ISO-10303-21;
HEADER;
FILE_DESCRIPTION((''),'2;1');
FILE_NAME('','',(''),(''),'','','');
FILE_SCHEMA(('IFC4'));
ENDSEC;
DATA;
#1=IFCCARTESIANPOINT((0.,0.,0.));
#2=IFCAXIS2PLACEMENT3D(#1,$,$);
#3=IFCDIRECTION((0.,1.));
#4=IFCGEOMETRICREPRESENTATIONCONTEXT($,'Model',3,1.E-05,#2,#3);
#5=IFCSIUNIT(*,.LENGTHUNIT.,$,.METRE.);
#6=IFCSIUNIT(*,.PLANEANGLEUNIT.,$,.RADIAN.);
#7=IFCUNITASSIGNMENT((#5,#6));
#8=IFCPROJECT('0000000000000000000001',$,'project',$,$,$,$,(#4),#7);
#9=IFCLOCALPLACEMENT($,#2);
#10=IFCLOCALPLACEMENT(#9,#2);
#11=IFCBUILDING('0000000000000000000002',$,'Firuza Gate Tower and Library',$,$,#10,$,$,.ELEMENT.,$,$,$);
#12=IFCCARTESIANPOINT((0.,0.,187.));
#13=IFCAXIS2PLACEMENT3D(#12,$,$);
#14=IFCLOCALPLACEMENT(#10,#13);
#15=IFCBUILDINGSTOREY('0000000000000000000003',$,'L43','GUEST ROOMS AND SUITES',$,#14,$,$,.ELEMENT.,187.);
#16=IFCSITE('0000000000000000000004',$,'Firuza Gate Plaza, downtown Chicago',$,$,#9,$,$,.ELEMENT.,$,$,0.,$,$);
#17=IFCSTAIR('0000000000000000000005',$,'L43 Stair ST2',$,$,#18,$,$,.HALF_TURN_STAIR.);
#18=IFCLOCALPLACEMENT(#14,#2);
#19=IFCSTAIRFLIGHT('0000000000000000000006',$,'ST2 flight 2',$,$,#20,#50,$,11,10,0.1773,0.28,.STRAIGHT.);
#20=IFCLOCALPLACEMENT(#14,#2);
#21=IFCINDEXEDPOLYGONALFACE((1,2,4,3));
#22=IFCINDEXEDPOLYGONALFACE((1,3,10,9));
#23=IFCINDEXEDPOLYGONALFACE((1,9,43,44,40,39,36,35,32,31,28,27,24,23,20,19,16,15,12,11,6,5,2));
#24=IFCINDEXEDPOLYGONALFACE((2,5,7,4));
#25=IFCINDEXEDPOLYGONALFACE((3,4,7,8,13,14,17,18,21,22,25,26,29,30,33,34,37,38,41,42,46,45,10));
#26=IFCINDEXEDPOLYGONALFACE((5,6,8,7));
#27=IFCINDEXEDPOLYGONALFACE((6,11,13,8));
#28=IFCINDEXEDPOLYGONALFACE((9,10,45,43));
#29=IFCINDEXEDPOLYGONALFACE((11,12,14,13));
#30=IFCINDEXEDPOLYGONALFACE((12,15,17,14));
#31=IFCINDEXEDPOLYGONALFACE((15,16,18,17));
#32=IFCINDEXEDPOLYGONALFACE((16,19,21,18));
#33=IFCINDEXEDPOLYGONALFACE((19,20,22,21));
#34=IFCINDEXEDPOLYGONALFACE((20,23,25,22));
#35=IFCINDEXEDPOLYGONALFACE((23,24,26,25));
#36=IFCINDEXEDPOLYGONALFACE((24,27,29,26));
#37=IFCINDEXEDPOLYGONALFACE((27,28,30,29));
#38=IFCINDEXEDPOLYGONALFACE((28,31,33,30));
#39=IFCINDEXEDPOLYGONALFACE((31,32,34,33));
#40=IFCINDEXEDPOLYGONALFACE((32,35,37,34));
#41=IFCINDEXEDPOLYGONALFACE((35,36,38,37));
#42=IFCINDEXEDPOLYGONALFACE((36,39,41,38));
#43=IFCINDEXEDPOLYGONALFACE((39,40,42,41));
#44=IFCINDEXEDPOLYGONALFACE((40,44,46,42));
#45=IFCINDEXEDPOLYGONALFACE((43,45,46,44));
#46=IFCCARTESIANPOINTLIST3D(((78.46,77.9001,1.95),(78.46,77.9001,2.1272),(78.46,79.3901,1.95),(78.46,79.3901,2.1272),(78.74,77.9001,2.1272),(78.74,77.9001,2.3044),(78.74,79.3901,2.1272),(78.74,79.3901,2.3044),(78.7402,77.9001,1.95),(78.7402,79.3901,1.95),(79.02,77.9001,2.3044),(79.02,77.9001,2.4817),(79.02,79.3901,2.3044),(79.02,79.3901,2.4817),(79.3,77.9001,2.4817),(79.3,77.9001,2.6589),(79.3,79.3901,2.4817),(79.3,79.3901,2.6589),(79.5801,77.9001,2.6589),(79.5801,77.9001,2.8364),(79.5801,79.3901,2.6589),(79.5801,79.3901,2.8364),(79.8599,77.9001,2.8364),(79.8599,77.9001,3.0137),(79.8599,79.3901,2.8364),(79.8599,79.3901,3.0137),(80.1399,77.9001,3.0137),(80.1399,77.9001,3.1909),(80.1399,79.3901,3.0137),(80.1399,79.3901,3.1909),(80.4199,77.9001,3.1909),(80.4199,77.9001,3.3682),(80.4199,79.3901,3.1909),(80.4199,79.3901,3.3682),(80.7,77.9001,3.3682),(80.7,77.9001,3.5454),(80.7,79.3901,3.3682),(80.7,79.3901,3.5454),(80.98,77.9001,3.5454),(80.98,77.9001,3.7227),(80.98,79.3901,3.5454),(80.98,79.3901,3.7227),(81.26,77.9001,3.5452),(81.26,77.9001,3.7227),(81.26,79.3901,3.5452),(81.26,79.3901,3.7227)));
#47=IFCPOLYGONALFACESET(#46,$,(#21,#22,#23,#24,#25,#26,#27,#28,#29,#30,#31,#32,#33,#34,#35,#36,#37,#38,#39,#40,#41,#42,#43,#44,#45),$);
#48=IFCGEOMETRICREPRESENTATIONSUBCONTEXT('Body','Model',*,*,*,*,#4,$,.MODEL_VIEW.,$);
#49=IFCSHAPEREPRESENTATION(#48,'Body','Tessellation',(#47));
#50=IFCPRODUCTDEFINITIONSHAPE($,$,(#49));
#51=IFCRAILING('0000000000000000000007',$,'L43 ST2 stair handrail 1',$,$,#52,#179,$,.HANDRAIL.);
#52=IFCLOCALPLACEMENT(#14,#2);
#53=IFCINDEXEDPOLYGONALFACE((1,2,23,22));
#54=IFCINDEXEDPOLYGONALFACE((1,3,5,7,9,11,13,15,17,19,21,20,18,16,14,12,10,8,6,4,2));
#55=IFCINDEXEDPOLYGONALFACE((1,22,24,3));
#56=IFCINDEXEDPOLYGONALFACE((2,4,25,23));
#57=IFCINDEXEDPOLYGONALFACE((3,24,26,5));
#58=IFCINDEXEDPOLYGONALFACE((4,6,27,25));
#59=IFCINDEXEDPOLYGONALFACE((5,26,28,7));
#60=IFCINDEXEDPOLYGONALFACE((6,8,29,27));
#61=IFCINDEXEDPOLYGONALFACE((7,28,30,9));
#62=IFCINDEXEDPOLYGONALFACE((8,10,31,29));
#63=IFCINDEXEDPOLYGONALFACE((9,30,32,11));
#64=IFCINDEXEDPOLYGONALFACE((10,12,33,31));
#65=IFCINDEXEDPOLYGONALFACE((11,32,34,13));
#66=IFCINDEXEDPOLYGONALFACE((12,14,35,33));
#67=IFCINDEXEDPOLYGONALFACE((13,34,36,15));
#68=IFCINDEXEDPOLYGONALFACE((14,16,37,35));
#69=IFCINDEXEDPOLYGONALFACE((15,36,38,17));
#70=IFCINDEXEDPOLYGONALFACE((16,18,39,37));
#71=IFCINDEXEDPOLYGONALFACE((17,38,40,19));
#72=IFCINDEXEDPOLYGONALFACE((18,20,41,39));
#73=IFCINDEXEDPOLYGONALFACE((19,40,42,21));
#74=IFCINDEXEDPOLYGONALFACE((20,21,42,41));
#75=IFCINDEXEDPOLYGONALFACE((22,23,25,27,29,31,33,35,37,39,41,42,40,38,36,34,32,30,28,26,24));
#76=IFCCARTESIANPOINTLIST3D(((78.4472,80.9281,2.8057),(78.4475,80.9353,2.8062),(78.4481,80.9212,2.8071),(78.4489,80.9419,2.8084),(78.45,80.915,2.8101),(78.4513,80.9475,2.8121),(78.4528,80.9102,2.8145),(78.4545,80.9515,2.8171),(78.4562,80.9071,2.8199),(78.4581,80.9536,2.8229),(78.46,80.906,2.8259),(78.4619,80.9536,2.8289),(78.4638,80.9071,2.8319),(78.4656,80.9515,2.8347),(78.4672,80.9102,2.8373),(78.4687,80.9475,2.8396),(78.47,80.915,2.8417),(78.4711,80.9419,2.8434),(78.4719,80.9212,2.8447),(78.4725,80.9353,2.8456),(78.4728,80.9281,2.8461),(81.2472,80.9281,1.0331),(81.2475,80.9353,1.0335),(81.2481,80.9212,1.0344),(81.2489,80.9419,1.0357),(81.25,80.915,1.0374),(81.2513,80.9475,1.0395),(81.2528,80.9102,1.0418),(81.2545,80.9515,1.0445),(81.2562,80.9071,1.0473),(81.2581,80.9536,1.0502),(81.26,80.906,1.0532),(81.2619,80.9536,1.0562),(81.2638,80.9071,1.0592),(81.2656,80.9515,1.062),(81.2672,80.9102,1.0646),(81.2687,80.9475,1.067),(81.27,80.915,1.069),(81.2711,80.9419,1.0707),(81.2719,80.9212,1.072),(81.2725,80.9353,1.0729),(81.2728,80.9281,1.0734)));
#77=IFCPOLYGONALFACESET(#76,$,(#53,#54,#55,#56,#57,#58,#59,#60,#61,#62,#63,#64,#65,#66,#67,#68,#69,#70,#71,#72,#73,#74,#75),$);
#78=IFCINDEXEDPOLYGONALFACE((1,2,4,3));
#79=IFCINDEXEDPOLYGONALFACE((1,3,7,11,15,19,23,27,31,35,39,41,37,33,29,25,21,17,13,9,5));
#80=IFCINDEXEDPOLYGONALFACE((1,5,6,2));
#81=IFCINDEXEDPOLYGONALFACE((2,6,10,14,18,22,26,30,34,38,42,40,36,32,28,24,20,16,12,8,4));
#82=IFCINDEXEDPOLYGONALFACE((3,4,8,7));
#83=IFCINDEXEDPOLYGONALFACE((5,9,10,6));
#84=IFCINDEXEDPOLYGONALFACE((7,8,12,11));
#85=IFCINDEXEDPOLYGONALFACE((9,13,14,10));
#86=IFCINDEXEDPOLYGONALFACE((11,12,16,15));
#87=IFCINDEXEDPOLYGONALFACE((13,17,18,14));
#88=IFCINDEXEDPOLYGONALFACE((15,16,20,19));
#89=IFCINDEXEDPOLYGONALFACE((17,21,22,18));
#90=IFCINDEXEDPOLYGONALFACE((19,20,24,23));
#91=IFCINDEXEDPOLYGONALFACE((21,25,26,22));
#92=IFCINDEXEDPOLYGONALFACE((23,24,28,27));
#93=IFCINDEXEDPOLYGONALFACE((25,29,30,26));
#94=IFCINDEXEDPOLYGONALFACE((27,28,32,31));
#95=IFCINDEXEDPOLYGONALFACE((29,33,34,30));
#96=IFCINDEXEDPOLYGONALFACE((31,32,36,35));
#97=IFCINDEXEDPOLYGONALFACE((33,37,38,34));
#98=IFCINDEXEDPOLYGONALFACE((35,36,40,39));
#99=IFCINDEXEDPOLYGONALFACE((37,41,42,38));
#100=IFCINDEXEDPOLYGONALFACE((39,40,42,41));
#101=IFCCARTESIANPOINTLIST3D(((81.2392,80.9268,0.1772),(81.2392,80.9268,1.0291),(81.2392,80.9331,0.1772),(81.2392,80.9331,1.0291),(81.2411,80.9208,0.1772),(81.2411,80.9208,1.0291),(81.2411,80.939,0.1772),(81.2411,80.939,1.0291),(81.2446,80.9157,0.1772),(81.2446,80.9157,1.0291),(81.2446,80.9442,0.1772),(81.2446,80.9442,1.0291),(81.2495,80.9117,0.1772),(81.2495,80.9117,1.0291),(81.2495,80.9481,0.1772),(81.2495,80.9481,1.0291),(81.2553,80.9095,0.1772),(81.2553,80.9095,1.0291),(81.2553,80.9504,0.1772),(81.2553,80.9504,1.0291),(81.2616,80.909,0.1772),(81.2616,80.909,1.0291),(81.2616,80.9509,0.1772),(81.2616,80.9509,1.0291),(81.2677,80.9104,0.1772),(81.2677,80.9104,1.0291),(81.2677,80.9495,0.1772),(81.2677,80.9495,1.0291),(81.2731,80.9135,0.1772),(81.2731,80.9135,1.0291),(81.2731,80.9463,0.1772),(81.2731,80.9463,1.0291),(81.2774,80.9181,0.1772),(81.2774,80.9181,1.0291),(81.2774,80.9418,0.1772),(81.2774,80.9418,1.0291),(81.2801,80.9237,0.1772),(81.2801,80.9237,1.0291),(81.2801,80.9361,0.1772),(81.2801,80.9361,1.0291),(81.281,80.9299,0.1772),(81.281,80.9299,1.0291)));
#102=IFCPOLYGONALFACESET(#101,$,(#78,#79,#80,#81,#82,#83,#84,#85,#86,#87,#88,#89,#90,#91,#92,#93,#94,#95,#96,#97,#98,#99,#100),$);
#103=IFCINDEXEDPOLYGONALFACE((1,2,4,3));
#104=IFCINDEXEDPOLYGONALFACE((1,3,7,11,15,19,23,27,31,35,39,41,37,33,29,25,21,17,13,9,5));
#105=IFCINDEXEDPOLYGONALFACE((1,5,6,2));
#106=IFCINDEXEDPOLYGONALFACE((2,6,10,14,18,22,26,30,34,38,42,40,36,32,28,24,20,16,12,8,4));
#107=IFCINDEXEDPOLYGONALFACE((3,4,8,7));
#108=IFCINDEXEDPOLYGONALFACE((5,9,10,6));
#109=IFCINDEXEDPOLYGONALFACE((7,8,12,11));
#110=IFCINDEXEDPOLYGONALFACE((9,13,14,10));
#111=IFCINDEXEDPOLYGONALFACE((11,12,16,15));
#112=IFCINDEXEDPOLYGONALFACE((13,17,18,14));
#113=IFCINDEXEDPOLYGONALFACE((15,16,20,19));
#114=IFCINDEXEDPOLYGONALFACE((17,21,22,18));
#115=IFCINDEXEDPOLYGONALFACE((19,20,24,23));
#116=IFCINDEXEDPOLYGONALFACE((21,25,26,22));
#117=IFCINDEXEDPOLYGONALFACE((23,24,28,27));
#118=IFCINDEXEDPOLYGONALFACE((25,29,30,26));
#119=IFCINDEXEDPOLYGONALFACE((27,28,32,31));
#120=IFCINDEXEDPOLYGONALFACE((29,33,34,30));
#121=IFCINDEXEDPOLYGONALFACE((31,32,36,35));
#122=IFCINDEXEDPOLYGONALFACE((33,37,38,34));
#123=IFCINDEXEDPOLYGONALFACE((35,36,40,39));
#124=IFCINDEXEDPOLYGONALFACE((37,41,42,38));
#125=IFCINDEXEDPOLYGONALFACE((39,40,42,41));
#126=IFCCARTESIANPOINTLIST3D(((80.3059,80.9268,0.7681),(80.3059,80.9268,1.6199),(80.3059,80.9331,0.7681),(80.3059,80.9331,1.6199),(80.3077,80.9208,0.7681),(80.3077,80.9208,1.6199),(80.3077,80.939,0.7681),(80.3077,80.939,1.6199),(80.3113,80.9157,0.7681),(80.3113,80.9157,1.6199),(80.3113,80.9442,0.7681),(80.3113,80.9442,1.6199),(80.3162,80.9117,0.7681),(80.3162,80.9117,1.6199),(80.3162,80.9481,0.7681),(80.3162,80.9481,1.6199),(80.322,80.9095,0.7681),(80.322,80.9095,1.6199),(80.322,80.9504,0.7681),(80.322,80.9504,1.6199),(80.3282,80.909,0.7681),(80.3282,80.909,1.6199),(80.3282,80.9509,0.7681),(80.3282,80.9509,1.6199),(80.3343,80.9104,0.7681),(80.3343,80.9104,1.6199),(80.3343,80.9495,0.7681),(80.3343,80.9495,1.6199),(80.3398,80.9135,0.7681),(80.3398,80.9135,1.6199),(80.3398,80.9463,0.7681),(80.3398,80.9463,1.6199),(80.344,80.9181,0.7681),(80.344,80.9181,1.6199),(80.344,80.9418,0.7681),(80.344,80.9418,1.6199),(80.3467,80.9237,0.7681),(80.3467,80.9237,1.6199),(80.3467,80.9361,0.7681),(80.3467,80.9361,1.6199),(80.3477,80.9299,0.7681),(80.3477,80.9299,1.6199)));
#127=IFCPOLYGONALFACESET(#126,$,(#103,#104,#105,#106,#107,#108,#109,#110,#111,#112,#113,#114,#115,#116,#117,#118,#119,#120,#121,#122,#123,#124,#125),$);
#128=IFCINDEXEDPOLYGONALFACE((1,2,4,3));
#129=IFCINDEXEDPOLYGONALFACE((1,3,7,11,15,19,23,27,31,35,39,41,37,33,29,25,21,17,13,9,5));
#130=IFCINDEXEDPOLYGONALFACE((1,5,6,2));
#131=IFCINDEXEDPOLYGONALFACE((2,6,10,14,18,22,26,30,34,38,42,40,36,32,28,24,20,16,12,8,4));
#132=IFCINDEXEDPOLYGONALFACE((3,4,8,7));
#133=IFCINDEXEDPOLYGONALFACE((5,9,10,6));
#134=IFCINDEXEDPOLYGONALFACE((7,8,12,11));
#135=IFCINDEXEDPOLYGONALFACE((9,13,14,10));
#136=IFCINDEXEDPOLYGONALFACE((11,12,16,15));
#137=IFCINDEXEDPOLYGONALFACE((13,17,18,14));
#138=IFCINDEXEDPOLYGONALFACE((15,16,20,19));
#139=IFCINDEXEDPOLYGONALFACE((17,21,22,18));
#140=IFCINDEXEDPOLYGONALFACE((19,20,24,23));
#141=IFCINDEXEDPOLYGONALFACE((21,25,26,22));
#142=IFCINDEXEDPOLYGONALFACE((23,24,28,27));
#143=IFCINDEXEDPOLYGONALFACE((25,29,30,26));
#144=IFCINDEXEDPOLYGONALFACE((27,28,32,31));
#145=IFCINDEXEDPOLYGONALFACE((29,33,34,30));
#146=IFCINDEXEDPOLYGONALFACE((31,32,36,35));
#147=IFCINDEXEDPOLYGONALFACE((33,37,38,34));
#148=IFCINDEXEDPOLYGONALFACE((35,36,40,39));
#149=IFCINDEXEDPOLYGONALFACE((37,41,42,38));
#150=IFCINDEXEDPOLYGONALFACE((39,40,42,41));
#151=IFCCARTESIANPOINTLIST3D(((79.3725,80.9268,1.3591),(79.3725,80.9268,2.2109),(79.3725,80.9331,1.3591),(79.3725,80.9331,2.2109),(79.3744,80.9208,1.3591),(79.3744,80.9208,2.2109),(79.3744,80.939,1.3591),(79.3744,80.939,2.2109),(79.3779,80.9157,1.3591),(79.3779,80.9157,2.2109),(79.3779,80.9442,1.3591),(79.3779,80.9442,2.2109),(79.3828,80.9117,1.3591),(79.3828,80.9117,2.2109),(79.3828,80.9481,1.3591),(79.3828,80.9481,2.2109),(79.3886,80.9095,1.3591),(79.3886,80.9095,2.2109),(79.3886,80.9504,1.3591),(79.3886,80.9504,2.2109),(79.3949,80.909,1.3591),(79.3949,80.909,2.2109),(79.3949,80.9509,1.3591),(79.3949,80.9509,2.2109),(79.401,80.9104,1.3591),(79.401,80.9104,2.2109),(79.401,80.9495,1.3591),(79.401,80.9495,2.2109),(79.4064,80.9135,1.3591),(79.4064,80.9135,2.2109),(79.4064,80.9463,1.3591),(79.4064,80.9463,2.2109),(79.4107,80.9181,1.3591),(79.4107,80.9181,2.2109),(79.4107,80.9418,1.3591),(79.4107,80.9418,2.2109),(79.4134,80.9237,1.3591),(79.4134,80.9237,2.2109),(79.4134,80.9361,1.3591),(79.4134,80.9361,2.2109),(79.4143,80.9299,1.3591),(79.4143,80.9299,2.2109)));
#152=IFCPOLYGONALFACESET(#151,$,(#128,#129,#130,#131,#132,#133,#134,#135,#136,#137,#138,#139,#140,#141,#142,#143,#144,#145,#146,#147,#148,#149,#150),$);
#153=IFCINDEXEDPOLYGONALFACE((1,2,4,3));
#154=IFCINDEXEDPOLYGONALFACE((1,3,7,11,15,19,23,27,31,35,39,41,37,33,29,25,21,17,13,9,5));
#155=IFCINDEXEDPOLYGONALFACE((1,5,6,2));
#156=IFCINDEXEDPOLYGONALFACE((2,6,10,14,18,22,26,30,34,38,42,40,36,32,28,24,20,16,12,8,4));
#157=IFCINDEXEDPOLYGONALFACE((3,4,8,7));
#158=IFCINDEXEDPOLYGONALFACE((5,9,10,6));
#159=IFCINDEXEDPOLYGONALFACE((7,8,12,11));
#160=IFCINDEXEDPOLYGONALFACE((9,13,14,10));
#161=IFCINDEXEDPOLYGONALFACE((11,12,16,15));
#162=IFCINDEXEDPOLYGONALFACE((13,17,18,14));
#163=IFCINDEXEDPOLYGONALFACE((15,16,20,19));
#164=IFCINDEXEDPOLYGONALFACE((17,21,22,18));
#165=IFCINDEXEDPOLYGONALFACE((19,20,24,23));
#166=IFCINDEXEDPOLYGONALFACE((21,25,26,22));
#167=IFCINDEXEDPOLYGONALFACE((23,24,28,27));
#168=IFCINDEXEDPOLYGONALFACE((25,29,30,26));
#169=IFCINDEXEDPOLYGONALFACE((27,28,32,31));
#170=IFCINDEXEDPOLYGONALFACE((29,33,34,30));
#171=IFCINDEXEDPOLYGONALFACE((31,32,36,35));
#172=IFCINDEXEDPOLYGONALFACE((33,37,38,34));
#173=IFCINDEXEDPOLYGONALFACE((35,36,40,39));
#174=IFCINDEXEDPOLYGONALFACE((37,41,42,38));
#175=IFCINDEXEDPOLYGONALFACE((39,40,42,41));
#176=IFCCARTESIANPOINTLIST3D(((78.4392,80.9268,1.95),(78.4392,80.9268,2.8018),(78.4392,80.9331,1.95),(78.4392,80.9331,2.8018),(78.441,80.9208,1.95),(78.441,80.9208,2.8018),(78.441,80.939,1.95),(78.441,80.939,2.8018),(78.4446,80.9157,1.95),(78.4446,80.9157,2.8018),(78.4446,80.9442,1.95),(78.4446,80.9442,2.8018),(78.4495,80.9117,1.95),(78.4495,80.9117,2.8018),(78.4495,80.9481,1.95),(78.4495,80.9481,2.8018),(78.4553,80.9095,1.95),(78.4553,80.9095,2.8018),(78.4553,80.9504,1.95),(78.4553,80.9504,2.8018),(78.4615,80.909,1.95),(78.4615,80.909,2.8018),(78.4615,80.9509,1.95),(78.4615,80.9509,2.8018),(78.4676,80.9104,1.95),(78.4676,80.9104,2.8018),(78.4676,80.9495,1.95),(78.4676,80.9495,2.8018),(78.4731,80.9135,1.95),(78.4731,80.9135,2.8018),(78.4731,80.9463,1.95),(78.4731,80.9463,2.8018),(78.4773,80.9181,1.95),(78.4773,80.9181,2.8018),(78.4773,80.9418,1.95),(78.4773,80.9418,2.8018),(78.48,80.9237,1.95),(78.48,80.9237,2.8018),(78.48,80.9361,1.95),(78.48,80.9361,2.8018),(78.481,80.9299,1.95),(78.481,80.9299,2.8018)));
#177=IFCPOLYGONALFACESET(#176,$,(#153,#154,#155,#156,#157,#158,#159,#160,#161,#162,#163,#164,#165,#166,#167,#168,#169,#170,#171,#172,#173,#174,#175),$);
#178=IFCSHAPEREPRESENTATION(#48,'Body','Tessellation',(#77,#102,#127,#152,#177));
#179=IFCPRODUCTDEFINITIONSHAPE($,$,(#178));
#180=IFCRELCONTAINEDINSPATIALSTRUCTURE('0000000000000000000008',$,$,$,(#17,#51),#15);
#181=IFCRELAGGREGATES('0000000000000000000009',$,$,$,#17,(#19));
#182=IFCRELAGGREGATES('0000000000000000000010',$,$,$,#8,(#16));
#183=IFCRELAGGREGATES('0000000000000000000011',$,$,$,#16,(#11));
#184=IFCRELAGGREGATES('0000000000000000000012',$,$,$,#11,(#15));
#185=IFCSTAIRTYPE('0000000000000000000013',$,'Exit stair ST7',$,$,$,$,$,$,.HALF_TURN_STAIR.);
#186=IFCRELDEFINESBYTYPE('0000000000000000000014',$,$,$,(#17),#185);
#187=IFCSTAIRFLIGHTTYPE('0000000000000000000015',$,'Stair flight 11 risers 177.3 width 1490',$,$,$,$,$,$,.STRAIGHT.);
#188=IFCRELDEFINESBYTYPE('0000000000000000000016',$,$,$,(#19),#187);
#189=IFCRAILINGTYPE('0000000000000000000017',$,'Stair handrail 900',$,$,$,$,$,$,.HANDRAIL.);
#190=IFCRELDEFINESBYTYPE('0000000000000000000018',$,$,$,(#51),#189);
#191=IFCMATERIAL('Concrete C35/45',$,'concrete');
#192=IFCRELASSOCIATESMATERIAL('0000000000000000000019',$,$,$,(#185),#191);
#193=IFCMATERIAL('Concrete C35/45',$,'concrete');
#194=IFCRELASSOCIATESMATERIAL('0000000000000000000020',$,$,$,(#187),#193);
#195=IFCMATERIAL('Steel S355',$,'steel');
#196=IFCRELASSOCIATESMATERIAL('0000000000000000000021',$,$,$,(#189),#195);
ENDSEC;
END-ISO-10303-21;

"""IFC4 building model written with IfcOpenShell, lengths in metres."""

from ifc_helpers import new_model, si_unit, direction, frame, origin, origin_2d, place, context, subcontext, project, spatial, polyline, circle, outline, extrude, material, type_object, element, aggregate, save


model = new_model("IFC4")

# Units and contexts
model_context = context("Model", 3, precision=1e-05, world=origin(), true_north=direction((0.0, 1.0)))
body_context = subcontext(model_context, "Body", "Model", "MODEL_VIEW")
ifc_project = project(units=[si_unit("LENGTHUNIT", "METRE"), si_unit("PLANEANGLEUNIT", "RADIAN")], contexts=[model_context])

# Site, building, storey
site_placement = place(None, origin())
site = spatial("IfcSite", under=ifc_project, at=site_placement, Name="Firuza Gate Plaza, downtown Chicago", CompositionType="ELEMENT", RefElevation=0.0)
building_placement = place(site_placement, origin())
building = spatial("IfcBuilding", under=site, at=building_placement, Name="Firuza Gate Tower and Library", CompositionType="ELEMENT")
storey_placement = place(building_placement, frame((0.0, 0.0, 187.0)))
storey = spatial("IfcBuildingStorey", under=building, at=storey_placement, Name="L43", Description="GUEST ROOMS AND SUITES", CompositionType="ELEMENT", Elevation=187.0)

# Stair, stair flight
ifc_material_1 = material(Name="Concrete C35/45", Category="concrete")
stair_type = type_object("IfcStairType", Name="Exit stair ST7", PredefinedType="HALF_TURN_STAIR", material=ifc_material_1)
stair_placement = place(storey_placement, origin())
stair = element("IfcStair", 1, at=stair_placement, inside=storey, type_object=stair_type, Name="L43 Stair ST2", PredefinedType="HALF_TURN_STAIR")
ifc_material_2 = material(Name="Concrete C35/45", Category="concrete")
stair_flight_type = type_object("IfcStairFlightType", Name="Stair flight 11 risers 177.3 width 1490", PredefinedType="STRAIGHT", material=ifc_material_2)
stair_flight_1_placement = place(storey_placement, frame((78.46, 78.645, 1.95), z_axis=(0.0, 0.0, 1.0), x_axis=(1.0, 0.0, 0.0)))
stair_flight_1 = element("IfcStairFlight", 2, at=stair_flight_1_placement, type_object=stair_flight_type, Name="ST2 flight 2", NumberOfRisers=11, NumberOfTreads=10, PredefinedType="STRAIGHT", RiserHeight=0.1773, TreadLength=0.28, context=body_context, shape_type="SweptSolid", body=[
    extrude(outline(polyline([(0.0, 0.0), (0.0, 0.1772), (0.28, 0.1772), (0.28, 0.3545), (0.5601, 0.3545), (0.5601, 0.5317), (0.8401, 0.5317), (0.8401, 0.709), (1.1201, 0.709), (1.1201, 0.8865), (1.3999, 0.8865), (1.3999, 1.0637), (1.6799, 1.0637), (1.6799, 1.241), (1.96, 1.241), (1.96, 1.4182), (2.24, 1.4182), (2.24, 1.5955), (2.52, 1.5955), (2.52, 1.7727), (2.8, 1.7727), (2.8, 1.95), (2.8, 1.5952), (0.2803, 0.0), (0.0, 0.0)])), frame((0.0, 0.7451, 0.0), z_axis=(0.0, -1.0, 0.0), x_axis=(1.0, 0.0, 0.0)), (0.0, 0.0, 1.0), 1.49),
])
aggregate(stair, [stair_flight_1])

# Railing
ifc_material_3 = material(Name="Steel S355", Category="steel")
railing_type_1 = type_object("IfcRailingType", Name="Stair handrail 900", PredefinedType="HANDRAIL", material=ifc_material_3)
railing_1_placement = place(storey_placement, frame((81.26, 80.9299, 0.1772)))
element("IfcRailing", 3, at=railing_1_placement, inside=storey, type_object=railing_type_1, Name="L43 ST2 stair handrail 1", PredefinedType="HANDRAIL", context=body_context, shape_type="SweptSolid", body=[
    extrude(circle(Radius=0.0239, at=origin_2d()), frame((0.0, 0.0, 0.876), z_axis=(-0.844909, 0.0, 0.53491), x_axis=(0.0, -1.0, 0.0)), (0.0, 0.0, 1.0), 3.314),
    extrude(circle(Radius=0.021, at=origin_2d()), origin(), (0.0, 0.0, 1.0), 0.8518),
    extrude(circle(Radius=0.021, at=origin_2d()), frame((-0.9333, 0.0, 0.5908)), (0.0, 0.0, 1.0), 0.8518),
    extrude(circle(Radius=0.021, at=origin_2d()), frame((-1.8667, 0.0, 1.1819)), (0.0, 0.0, 1.0), 0.8518),
    extrude(circle(Radius=0.021, at=origin_2d()), frame((-2.8, 0.0, 1.7727)), (0.0, 0.0, 1.0), 0.8518),
])

save(model, "model.ifc")
